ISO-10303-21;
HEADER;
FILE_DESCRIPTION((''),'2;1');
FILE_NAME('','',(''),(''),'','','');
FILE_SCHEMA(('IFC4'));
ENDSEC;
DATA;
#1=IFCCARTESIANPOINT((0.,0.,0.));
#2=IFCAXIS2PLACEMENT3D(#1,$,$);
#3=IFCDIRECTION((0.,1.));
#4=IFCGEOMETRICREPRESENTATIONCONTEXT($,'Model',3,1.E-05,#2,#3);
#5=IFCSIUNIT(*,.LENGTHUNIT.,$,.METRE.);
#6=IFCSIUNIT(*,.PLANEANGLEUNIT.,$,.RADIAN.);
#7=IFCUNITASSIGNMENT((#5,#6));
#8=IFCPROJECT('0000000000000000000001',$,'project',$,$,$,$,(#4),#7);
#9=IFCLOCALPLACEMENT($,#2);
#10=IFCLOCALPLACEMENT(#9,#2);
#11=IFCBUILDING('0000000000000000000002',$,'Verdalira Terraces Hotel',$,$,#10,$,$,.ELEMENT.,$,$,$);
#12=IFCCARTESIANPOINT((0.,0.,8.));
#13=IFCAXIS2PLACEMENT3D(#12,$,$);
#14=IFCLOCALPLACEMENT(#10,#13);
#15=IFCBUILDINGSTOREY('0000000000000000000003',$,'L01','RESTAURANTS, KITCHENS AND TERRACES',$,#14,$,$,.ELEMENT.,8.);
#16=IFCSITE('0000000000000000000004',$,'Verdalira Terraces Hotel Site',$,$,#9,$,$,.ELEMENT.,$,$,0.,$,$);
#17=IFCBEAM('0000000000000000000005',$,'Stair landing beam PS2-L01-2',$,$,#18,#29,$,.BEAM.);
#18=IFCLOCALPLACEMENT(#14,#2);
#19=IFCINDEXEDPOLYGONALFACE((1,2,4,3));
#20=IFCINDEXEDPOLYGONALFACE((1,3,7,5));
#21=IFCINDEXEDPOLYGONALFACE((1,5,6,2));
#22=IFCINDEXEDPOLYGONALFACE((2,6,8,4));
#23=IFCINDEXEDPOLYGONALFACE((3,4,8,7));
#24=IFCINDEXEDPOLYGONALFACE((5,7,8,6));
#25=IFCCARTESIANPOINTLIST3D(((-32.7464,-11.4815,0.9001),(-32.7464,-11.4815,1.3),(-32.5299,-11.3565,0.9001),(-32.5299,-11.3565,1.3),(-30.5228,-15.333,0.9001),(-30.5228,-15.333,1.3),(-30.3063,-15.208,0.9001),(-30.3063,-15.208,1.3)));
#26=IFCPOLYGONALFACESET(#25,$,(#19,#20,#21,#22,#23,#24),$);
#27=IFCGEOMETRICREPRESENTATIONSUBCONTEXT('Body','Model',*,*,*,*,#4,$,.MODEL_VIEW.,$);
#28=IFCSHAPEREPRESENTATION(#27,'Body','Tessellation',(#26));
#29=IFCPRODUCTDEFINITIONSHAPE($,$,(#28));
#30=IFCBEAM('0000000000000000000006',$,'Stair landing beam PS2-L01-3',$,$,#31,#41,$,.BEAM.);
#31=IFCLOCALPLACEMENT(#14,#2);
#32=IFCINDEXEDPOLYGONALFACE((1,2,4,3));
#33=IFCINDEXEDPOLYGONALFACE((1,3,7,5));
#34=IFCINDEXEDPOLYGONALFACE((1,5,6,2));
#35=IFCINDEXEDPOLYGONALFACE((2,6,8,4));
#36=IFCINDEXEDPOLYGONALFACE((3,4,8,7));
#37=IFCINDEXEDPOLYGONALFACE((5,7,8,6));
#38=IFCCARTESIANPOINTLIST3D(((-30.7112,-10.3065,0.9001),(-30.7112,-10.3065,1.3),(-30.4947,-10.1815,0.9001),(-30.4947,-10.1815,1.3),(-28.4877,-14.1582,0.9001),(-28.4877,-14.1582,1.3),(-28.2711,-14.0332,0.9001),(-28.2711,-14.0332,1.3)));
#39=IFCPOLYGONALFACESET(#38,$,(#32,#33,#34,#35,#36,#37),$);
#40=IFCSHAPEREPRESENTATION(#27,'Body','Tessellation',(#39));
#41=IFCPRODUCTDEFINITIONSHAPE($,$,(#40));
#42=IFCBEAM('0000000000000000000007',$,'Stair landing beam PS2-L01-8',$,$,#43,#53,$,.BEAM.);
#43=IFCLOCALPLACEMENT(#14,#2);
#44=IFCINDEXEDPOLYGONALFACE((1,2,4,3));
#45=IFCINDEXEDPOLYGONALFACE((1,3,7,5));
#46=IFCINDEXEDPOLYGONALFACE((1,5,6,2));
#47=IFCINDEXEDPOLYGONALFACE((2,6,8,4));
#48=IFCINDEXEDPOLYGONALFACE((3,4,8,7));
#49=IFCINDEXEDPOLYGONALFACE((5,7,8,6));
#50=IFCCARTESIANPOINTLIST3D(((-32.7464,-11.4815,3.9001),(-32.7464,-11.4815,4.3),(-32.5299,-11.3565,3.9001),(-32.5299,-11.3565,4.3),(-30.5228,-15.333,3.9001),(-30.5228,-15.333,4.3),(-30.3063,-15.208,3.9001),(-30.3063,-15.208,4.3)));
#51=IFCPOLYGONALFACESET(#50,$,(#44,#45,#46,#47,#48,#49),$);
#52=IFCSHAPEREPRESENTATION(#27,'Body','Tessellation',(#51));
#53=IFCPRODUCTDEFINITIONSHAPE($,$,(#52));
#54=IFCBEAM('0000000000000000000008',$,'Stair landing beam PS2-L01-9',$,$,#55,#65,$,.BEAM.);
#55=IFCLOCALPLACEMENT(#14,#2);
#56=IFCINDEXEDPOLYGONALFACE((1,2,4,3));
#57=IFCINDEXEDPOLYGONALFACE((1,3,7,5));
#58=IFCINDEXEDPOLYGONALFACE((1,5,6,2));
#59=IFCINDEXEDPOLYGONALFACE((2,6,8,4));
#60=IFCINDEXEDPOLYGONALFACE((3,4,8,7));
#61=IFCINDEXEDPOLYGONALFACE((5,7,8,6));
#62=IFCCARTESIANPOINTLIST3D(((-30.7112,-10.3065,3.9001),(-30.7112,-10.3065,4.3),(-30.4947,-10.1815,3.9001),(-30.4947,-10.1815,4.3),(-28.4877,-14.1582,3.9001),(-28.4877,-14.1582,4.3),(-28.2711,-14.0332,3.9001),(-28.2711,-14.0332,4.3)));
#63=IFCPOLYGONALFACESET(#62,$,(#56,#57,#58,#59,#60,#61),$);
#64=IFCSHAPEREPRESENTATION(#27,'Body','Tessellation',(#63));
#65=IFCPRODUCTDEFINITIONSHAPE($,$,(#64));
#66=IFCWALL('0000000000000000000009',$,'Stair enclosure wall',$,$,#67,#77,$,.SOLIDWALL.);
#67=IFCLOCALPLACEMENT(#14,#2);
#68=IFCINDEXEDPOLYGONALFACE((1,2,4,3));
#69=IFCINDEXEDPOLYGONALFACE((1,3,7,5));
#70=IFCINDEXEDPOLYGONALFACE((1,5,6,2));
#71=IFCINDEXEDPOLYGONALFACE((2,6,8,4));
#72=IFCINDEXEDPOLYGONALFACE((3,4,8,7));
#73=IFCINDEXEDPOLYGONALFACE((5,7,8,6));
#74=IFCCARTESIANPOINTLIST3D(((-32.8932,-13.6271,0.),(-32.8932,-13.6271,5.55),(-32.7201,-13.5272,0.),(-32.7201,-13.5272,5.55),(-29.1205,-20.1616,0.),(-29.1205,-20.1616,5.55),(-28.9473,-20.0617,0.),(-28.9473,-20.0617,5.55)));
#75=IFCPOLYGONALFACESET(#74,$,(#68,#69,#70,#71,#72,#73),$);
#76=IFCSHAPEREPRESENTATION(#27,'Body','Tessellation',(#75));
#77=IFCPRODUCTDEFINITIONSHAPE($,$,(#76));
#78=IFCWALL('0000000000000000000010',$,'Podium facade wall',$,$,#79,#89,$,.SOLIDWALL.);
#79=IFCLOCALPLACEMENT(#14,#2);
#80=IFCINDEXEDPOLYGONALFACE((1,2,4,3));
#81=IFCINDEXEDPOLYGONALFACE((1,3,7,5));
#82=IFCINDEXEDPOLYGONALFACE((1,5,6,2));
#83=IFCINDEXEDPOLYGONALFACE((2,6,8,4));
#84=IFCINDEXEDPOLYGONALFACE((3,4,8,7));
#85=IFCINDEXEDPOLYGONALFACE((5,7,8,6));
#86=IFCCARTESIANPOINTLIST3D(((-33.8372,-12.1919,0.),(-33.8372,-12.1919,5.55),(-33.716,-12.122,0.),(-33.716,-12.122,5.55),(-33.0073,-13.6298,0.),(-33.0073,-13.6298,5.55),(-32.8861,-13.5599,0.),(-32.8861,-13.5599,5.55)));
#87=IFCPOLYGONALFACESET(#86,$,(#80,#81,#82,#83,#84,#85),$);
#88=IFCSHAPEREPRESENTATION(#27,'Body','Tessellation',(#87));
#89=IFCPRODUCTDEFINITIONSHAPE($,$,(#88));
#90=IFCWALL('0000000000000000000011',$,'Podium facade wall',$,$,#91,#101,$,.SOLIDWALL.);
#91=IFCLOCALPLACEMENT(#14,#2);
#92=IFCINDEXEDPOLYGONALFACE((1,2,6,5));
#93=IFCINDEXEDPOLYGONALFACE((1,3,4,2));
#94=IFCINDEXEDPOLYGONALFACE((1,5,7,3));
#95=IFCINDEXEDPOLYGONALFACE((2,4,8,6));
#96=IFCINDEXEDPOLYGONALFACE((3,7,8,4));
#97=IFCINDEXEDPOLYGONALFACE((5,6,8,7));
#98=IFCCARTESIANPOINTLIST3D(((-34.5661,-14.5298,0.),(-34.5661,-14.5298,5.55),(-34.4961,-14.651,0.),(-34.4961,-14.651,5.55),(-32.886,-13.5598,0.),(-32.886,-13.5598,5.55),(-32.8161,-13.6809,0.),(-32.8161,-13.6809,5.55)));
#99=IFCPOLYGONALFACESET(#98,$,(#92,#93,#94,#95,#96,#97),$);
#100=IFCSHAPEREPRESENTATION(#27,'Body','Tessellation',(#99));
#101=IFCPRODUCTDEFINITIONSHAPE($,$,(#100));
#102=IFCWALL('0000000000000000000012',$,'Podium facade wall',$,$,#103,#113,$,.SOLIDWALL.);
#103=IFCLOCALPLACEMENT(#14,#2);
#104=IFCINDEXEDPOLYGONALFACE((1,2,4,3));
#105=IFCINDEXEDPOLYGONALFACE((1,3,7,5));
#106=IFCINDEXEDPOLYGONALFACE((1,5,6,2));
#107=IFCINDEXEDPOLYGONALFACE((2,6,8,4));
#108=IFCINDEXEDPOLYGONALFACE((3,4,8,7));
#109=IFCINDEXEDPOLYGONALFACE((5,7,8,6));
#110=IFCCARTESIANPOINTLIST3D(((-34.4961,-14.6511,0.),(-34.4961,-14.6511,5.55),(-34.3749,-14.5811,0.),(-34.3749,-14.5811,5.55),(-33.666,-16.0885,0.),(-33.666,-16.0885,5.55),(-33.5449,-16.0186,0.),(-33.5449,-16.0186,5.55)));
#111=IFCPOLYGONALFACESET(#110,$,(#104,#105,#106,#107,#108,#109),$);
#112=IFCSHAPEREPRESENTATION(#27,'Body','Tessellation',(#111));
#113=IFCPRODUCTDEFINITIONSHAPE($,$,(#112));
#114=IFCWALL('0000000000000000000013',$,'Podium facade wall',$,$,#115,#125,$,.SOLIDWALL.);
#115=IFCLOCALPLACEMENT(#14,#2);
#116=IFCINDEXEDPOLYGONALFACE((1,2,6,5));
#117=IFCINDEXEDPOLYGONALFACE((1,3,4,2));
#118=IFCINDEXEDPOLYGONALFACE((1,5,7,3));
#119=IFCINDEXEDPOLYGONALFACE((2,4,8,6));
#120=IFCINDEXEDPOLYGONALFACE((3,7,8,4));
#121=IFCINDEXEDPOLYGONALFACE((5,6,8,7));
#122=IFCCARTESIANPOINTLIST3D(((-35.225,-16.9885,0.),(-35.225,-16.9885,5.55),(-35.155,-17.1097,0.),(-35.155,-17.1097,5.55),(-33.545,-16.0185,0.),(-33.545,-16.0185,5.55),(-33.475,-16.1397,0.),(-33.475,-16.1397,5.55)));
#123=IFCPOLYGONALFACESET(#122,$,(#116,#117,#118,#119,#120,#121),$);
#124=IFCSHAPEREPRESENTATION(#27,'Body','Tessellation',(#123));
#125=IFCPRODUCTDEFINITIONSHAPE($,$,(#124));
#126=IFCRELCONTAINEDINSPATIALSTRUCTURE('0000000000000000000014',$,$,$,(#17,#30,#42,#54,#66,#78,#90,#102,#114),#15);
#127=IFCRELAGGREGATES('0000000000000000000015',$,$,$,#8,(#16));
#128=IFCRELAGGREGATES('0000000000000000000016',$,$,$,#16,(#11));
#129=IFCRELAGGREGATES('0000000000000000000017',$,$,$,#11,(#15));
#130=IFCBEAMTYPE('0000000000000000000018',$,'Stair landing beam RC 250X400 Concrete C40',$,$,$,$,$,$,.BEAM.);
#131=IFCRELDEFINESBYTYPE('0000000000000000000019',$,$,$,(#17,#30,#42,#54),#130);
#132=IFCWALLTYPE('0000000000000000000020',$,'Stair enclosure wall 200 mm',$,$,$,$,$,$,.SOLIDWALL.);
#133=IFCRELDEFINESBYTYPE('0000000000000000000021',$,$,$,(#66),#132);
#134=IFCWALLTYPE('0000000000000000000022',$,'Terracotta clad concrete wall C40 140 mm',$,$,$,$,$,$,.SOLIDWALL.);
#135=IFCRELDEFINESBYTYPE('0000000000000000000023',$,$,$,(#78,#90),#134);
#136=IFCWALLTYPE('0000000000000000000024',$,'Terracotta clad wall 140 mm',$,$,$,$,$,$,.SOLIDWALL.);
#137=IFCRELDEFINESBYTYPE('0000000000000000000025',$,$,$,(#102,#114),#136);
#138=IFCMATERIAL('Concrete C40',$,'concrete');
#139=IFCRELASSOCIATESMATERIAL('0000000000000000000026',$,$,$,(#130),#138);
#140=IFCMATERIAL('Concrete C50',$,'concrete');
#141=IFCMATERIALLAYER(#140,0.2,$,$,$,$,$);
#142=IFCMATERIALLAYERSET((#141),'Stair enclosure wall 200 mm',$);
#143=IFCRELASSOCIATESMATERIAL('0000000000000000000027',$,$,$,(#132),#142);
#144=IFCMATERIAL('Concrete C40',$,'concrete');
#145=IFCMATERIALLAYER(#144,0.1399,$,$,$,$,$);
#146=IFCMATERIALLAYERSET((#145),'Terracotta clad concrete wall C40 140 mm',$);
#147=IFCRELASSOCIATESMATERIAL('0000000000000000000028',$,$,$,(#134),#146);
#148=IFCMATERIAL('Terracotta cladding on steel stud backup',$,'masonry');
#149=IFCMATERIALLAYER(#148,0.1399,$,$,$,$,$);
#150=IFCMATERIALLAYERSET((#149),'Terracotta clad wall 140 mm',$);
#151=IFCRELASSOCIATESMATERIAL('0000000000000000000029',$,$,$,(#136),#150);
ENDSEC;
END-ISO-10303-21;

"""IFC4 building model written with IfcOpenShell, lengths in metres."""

from ifc_helpers import new_model, si_unit, direction, frame, frame_2d, origin, origin_2d, place, context, subcontext, project, spatial, rectangle, extrude, material, layer, layer_set, material_profile, profile_set, type_object, element, save


model = new_model("IFC4")

# Units and contexts
model_context = context("Model", 3, precision=1e-05, world=origin(), true_north=direction((0.0, 1.0)))
body_context = subcontext(model_context, "Body", "Model", "MODEL_VIEW")
ifc_project = project(units=[si_unit("LENGTHUNIT", "METRE"), si_unit("PLANEANGLEUNIT", "RADIAN")], contexts=[model_context])

# Site, building, storey
site_placement = place(None, origin())
site = spatial("IfcSite", under=ifc_project, at=site_placement, Name="Verdalira Terraces Hotel Site", CompositionType="ELEMENT", RefElevation=0.0)
building_placement = place(site_placement, origin())
building = spatial("IfcBuilding", under=site, at=building_placement, Name="Verdalira Terraces Hotel", CompositionType="ELEMENT")
storey_placement = place(building_placement, frame((0.0, 0.0, 8.0)))
storey = spatial("IfcBuildingStorey", under=building, at=storey_placement, Name="L01", Description="RESTAURANTS, KITCHENS AND TERRACES", CompositionType="ELEMENT", Elevation=8.0)

# Beams
ifc_material_1 = material(Name="Concrete C40", Category="concrete")
ifc_material_profile = material_profile(ifc_material_1, rectangle(XDim=0.25, YDim=0.3999, at=origin_2d()), Name="RC 250X400")
ifc_profile_set = profile_set([ifc_material_profile], Name="Concrete C40")
beam_type = type_object("IfcBeamType", Name="Stair landing beam RC 250X400 Concrete C40", PredefinedType="BEAM", material=ifc_profile_set)
beam_1_placement = place(storey_placement, frame((-30.4146, -15.2705, 1.1001), z_axis=(-0.499989, 0.866032, 0.0), x_axis=(-0.866032, -0.499989, 0.0)))
element("IfcBeam", 1, at=beam_1_placement, inside=storey, type_object=beam_type, Name="Stair landing beam PS2-L01-2", PredefinedType="BEAM", context=body_context, shape_type="SweptSolid", body=[
    extrude(rectangle(XDim=0.25, YDim=0.3999, at=origin_2d()), origin(), (0.0, 0.0, 1.0), 4.4473),
])
beam_2_placement = place(storey_placement, frame((-28.3794, -14.0957, 1.1001), z_axis=(-0.499965, 0.866046, 0.0), x_axis=(-0.866046, -0.499965, 0.0)))
element("IfcBeam", 2, at=beam_2_placement, inside=storey, type_object=beam_type, Name="Stair landing beam PS2-L01-3", PredefinedType="BEAM", context=body_context, shape_type="SweptSolid", body=[
    extrude(rectangle(XDim=0.25, YDim=0.3999, at=origin_2d()), origin(), (0.0, 0.0, 1.0), 4.4475),
])
beam_3_placement = place(storey_placement, frame((-30.4146, -15.2705, 4.1001), z_axis=(-0.499989, 0.866032, 0.0), x_axis=(-0.866032, -0.499989, 0.0)))
element("IfcBeam", 3, at=beam_3_placement, inside=storey, type_object=beam_type, Name="Stair landing beam PS2-L01-8", PredefinedType="BEAM", context=body_context, shape_type="SweptSolid", body=[
    extrude(rectangle(XDim=0.25, YDim=0.3999, at=origin_2d()), origin(), (0.0, 0.0, 1.0), 4.4473),
])
beam_4_placement = place(storey_placement, frame((-28.3794, -14.0957, 4.1001), z_axis=(-0.499965, 0.866046, 0.0), x_axis=(-0.866046, -0.499965, 0.0)))
element("IfcBeam", 4, at=beam_4_placement, inside=storey, type_object=beam_type, Name="Stair landing beam PS2-L01-9", PredefinedType="BEAM", context=body_context, shape_type="SweptSolid", body=[
    extrude(rectangle(XDim=0.25, YDim=0.3999, at=origin_2d()), origin(), (0.0, 0.0, 1.0), 4.4475),
])

# Walls
ifc_material_2 = material(Name="Concrete C50", Category="concrete")
ifc_layer_1 = layer(ifc_material_2, 0.2)
ifc_layer_set_1 = layer_set([ifc_layer_1], Name="Stair enclosure wall 200 mm")
wall_type_1 = type_object("IfcWallType", Name="Stair enclosure wall 200 mm", PredefinedType="SOLIDWALL", material=ifc_layer_set_1)
wall_1_placement = place(storey_placement, frame((-32.8066, -13.5771, 0.0), z_axis=(0.0, 0.0, 1.0), x_axis=(0.500005, -0.866022, 0.0)))
element("IfcWall", 5, at=wall_1_placement, inside=storey, type_object=wall_type_1, Name="Stair enclosure wall", PredefinedType="SOLIDWALL", context=body_context, shape_type="SweptSolid", body=[
    extrude(rectangle(XDim=7.5454, YDim=0.2, at=frame_2d((3.7727, 0.0))), origin(), (0.0, 0.0, 1.0), 5.55),
])
ifc_material_3 = material(Name="Concrete C40", Category="concrete")
ifc_layer_2 = layer(ifc_material_3, 0.1399)
ifc_layer_set_2 = layer_set([ifc_layer_2], Name="Terracotta clad concrete wall C40 140 mm")
wall_type_2 = type_object("IfcWallType", Name="Terracotta clad concrete wall C40 140 mm", PredefinedType="SOLIDWALL", material=ifc_layer_set_2)
wall_2_placement = place(storey_placement, frame((-33.7766, -12.157, 0.0), z_axis=(0.0, 0.0, 1.0), x_axis=(0.499888, -0.86609, 0.0)))
element("IfcWall", 6, at=wall_2_placement, inside=storey, type_object=wall_type_2, Name="Podium facade wall", PredefinedType="SOLIDWALL", context=body_context, shape_type="SweptSolid", body=[
    extrude(rectangle(XDim=1.6602, YDim=0.1399, at=frame_2d((0.8301, 0.0))), origin(), (0.0, 0.0, 1.0), 5.55),
])
wall_3_placement = place(storey_placement, frame((-32.8511, -13.6204, 0.0), z_axis=(0.0, 0.0, 1.0), x_axis=(-0.866012, -0.500024, 0.0)))
element("IfcWall", 7, at=wall_3_placement, inside=storey, type_object=wall_type_2, Name="Podium facade wall", PredefinedType="SOLIDWALL", context=body_context, shape_type="SweptSolid", body=[
    extrude(rectangle(XDim=1.9399, YDim=0.1399, at=frame_2d((0.97, 0.0))), origin(), (0.0, 0.0, 1.0), 5.55),
])
ifc_material_4 = material(Name="Terracotta cladding on steel stud backup", Category="masonry")
ifc_layer_3 = layer(ifc_material_4, 0.1399)
ifc_layer_set_3 = layer_set([ifc_layer_3], Name="Terracotta clad wall 140 mm")
wall_type_3 = type_object("IfcWallType", Name="Terracotta clad wall 140 mm", PredefinedType="SOLIDWALL", material=ifc_layer_set_3)
wall_4_placement = place(storey_placement, frame((-34.4355, -14.616, 0.0), z_axis=(0.0, 0.0, 1.0), x_axis=(0.500062, -0.86599, 0.0)))
element("IfcWall", 8, at=wall_4_placement, inside=storey, type_object=wall_type_3, Name="Podium facade wall", PredefinedType="SOLIDWALL", context=body_context, shape_type="SweptSolid", body=[
    extrude(rectangle(XDim=1.6599, YDim=0.1399, at=frame_2d((0.8301, 0.0))), origin(), (0.0, 0.0, 1.0), 5.55),
])
wall_5_placement = place(storey_placement, frame((-33.51, -16.0791, 0.0), z_axis=(0.0, 0.0, 1.0), x_axis=(-0.866012, -0.500024, 0.0)))
element("IfcWall", 9, at=wall_5_placement, inside=storey, type_object=wall_type_3, Name="Podium facade wall", PredefinedType="SOLIDWALL", context=body_context, shape_type="SweptSolid", body=[
    extrude(rectangle(XDim=1.9399, YDim=0.1399, at=frame_2d((0.97, 0.0))), origin(), (0.0, 0.0, 1.0), 5.55),
])

save(model, "model.ifc")
